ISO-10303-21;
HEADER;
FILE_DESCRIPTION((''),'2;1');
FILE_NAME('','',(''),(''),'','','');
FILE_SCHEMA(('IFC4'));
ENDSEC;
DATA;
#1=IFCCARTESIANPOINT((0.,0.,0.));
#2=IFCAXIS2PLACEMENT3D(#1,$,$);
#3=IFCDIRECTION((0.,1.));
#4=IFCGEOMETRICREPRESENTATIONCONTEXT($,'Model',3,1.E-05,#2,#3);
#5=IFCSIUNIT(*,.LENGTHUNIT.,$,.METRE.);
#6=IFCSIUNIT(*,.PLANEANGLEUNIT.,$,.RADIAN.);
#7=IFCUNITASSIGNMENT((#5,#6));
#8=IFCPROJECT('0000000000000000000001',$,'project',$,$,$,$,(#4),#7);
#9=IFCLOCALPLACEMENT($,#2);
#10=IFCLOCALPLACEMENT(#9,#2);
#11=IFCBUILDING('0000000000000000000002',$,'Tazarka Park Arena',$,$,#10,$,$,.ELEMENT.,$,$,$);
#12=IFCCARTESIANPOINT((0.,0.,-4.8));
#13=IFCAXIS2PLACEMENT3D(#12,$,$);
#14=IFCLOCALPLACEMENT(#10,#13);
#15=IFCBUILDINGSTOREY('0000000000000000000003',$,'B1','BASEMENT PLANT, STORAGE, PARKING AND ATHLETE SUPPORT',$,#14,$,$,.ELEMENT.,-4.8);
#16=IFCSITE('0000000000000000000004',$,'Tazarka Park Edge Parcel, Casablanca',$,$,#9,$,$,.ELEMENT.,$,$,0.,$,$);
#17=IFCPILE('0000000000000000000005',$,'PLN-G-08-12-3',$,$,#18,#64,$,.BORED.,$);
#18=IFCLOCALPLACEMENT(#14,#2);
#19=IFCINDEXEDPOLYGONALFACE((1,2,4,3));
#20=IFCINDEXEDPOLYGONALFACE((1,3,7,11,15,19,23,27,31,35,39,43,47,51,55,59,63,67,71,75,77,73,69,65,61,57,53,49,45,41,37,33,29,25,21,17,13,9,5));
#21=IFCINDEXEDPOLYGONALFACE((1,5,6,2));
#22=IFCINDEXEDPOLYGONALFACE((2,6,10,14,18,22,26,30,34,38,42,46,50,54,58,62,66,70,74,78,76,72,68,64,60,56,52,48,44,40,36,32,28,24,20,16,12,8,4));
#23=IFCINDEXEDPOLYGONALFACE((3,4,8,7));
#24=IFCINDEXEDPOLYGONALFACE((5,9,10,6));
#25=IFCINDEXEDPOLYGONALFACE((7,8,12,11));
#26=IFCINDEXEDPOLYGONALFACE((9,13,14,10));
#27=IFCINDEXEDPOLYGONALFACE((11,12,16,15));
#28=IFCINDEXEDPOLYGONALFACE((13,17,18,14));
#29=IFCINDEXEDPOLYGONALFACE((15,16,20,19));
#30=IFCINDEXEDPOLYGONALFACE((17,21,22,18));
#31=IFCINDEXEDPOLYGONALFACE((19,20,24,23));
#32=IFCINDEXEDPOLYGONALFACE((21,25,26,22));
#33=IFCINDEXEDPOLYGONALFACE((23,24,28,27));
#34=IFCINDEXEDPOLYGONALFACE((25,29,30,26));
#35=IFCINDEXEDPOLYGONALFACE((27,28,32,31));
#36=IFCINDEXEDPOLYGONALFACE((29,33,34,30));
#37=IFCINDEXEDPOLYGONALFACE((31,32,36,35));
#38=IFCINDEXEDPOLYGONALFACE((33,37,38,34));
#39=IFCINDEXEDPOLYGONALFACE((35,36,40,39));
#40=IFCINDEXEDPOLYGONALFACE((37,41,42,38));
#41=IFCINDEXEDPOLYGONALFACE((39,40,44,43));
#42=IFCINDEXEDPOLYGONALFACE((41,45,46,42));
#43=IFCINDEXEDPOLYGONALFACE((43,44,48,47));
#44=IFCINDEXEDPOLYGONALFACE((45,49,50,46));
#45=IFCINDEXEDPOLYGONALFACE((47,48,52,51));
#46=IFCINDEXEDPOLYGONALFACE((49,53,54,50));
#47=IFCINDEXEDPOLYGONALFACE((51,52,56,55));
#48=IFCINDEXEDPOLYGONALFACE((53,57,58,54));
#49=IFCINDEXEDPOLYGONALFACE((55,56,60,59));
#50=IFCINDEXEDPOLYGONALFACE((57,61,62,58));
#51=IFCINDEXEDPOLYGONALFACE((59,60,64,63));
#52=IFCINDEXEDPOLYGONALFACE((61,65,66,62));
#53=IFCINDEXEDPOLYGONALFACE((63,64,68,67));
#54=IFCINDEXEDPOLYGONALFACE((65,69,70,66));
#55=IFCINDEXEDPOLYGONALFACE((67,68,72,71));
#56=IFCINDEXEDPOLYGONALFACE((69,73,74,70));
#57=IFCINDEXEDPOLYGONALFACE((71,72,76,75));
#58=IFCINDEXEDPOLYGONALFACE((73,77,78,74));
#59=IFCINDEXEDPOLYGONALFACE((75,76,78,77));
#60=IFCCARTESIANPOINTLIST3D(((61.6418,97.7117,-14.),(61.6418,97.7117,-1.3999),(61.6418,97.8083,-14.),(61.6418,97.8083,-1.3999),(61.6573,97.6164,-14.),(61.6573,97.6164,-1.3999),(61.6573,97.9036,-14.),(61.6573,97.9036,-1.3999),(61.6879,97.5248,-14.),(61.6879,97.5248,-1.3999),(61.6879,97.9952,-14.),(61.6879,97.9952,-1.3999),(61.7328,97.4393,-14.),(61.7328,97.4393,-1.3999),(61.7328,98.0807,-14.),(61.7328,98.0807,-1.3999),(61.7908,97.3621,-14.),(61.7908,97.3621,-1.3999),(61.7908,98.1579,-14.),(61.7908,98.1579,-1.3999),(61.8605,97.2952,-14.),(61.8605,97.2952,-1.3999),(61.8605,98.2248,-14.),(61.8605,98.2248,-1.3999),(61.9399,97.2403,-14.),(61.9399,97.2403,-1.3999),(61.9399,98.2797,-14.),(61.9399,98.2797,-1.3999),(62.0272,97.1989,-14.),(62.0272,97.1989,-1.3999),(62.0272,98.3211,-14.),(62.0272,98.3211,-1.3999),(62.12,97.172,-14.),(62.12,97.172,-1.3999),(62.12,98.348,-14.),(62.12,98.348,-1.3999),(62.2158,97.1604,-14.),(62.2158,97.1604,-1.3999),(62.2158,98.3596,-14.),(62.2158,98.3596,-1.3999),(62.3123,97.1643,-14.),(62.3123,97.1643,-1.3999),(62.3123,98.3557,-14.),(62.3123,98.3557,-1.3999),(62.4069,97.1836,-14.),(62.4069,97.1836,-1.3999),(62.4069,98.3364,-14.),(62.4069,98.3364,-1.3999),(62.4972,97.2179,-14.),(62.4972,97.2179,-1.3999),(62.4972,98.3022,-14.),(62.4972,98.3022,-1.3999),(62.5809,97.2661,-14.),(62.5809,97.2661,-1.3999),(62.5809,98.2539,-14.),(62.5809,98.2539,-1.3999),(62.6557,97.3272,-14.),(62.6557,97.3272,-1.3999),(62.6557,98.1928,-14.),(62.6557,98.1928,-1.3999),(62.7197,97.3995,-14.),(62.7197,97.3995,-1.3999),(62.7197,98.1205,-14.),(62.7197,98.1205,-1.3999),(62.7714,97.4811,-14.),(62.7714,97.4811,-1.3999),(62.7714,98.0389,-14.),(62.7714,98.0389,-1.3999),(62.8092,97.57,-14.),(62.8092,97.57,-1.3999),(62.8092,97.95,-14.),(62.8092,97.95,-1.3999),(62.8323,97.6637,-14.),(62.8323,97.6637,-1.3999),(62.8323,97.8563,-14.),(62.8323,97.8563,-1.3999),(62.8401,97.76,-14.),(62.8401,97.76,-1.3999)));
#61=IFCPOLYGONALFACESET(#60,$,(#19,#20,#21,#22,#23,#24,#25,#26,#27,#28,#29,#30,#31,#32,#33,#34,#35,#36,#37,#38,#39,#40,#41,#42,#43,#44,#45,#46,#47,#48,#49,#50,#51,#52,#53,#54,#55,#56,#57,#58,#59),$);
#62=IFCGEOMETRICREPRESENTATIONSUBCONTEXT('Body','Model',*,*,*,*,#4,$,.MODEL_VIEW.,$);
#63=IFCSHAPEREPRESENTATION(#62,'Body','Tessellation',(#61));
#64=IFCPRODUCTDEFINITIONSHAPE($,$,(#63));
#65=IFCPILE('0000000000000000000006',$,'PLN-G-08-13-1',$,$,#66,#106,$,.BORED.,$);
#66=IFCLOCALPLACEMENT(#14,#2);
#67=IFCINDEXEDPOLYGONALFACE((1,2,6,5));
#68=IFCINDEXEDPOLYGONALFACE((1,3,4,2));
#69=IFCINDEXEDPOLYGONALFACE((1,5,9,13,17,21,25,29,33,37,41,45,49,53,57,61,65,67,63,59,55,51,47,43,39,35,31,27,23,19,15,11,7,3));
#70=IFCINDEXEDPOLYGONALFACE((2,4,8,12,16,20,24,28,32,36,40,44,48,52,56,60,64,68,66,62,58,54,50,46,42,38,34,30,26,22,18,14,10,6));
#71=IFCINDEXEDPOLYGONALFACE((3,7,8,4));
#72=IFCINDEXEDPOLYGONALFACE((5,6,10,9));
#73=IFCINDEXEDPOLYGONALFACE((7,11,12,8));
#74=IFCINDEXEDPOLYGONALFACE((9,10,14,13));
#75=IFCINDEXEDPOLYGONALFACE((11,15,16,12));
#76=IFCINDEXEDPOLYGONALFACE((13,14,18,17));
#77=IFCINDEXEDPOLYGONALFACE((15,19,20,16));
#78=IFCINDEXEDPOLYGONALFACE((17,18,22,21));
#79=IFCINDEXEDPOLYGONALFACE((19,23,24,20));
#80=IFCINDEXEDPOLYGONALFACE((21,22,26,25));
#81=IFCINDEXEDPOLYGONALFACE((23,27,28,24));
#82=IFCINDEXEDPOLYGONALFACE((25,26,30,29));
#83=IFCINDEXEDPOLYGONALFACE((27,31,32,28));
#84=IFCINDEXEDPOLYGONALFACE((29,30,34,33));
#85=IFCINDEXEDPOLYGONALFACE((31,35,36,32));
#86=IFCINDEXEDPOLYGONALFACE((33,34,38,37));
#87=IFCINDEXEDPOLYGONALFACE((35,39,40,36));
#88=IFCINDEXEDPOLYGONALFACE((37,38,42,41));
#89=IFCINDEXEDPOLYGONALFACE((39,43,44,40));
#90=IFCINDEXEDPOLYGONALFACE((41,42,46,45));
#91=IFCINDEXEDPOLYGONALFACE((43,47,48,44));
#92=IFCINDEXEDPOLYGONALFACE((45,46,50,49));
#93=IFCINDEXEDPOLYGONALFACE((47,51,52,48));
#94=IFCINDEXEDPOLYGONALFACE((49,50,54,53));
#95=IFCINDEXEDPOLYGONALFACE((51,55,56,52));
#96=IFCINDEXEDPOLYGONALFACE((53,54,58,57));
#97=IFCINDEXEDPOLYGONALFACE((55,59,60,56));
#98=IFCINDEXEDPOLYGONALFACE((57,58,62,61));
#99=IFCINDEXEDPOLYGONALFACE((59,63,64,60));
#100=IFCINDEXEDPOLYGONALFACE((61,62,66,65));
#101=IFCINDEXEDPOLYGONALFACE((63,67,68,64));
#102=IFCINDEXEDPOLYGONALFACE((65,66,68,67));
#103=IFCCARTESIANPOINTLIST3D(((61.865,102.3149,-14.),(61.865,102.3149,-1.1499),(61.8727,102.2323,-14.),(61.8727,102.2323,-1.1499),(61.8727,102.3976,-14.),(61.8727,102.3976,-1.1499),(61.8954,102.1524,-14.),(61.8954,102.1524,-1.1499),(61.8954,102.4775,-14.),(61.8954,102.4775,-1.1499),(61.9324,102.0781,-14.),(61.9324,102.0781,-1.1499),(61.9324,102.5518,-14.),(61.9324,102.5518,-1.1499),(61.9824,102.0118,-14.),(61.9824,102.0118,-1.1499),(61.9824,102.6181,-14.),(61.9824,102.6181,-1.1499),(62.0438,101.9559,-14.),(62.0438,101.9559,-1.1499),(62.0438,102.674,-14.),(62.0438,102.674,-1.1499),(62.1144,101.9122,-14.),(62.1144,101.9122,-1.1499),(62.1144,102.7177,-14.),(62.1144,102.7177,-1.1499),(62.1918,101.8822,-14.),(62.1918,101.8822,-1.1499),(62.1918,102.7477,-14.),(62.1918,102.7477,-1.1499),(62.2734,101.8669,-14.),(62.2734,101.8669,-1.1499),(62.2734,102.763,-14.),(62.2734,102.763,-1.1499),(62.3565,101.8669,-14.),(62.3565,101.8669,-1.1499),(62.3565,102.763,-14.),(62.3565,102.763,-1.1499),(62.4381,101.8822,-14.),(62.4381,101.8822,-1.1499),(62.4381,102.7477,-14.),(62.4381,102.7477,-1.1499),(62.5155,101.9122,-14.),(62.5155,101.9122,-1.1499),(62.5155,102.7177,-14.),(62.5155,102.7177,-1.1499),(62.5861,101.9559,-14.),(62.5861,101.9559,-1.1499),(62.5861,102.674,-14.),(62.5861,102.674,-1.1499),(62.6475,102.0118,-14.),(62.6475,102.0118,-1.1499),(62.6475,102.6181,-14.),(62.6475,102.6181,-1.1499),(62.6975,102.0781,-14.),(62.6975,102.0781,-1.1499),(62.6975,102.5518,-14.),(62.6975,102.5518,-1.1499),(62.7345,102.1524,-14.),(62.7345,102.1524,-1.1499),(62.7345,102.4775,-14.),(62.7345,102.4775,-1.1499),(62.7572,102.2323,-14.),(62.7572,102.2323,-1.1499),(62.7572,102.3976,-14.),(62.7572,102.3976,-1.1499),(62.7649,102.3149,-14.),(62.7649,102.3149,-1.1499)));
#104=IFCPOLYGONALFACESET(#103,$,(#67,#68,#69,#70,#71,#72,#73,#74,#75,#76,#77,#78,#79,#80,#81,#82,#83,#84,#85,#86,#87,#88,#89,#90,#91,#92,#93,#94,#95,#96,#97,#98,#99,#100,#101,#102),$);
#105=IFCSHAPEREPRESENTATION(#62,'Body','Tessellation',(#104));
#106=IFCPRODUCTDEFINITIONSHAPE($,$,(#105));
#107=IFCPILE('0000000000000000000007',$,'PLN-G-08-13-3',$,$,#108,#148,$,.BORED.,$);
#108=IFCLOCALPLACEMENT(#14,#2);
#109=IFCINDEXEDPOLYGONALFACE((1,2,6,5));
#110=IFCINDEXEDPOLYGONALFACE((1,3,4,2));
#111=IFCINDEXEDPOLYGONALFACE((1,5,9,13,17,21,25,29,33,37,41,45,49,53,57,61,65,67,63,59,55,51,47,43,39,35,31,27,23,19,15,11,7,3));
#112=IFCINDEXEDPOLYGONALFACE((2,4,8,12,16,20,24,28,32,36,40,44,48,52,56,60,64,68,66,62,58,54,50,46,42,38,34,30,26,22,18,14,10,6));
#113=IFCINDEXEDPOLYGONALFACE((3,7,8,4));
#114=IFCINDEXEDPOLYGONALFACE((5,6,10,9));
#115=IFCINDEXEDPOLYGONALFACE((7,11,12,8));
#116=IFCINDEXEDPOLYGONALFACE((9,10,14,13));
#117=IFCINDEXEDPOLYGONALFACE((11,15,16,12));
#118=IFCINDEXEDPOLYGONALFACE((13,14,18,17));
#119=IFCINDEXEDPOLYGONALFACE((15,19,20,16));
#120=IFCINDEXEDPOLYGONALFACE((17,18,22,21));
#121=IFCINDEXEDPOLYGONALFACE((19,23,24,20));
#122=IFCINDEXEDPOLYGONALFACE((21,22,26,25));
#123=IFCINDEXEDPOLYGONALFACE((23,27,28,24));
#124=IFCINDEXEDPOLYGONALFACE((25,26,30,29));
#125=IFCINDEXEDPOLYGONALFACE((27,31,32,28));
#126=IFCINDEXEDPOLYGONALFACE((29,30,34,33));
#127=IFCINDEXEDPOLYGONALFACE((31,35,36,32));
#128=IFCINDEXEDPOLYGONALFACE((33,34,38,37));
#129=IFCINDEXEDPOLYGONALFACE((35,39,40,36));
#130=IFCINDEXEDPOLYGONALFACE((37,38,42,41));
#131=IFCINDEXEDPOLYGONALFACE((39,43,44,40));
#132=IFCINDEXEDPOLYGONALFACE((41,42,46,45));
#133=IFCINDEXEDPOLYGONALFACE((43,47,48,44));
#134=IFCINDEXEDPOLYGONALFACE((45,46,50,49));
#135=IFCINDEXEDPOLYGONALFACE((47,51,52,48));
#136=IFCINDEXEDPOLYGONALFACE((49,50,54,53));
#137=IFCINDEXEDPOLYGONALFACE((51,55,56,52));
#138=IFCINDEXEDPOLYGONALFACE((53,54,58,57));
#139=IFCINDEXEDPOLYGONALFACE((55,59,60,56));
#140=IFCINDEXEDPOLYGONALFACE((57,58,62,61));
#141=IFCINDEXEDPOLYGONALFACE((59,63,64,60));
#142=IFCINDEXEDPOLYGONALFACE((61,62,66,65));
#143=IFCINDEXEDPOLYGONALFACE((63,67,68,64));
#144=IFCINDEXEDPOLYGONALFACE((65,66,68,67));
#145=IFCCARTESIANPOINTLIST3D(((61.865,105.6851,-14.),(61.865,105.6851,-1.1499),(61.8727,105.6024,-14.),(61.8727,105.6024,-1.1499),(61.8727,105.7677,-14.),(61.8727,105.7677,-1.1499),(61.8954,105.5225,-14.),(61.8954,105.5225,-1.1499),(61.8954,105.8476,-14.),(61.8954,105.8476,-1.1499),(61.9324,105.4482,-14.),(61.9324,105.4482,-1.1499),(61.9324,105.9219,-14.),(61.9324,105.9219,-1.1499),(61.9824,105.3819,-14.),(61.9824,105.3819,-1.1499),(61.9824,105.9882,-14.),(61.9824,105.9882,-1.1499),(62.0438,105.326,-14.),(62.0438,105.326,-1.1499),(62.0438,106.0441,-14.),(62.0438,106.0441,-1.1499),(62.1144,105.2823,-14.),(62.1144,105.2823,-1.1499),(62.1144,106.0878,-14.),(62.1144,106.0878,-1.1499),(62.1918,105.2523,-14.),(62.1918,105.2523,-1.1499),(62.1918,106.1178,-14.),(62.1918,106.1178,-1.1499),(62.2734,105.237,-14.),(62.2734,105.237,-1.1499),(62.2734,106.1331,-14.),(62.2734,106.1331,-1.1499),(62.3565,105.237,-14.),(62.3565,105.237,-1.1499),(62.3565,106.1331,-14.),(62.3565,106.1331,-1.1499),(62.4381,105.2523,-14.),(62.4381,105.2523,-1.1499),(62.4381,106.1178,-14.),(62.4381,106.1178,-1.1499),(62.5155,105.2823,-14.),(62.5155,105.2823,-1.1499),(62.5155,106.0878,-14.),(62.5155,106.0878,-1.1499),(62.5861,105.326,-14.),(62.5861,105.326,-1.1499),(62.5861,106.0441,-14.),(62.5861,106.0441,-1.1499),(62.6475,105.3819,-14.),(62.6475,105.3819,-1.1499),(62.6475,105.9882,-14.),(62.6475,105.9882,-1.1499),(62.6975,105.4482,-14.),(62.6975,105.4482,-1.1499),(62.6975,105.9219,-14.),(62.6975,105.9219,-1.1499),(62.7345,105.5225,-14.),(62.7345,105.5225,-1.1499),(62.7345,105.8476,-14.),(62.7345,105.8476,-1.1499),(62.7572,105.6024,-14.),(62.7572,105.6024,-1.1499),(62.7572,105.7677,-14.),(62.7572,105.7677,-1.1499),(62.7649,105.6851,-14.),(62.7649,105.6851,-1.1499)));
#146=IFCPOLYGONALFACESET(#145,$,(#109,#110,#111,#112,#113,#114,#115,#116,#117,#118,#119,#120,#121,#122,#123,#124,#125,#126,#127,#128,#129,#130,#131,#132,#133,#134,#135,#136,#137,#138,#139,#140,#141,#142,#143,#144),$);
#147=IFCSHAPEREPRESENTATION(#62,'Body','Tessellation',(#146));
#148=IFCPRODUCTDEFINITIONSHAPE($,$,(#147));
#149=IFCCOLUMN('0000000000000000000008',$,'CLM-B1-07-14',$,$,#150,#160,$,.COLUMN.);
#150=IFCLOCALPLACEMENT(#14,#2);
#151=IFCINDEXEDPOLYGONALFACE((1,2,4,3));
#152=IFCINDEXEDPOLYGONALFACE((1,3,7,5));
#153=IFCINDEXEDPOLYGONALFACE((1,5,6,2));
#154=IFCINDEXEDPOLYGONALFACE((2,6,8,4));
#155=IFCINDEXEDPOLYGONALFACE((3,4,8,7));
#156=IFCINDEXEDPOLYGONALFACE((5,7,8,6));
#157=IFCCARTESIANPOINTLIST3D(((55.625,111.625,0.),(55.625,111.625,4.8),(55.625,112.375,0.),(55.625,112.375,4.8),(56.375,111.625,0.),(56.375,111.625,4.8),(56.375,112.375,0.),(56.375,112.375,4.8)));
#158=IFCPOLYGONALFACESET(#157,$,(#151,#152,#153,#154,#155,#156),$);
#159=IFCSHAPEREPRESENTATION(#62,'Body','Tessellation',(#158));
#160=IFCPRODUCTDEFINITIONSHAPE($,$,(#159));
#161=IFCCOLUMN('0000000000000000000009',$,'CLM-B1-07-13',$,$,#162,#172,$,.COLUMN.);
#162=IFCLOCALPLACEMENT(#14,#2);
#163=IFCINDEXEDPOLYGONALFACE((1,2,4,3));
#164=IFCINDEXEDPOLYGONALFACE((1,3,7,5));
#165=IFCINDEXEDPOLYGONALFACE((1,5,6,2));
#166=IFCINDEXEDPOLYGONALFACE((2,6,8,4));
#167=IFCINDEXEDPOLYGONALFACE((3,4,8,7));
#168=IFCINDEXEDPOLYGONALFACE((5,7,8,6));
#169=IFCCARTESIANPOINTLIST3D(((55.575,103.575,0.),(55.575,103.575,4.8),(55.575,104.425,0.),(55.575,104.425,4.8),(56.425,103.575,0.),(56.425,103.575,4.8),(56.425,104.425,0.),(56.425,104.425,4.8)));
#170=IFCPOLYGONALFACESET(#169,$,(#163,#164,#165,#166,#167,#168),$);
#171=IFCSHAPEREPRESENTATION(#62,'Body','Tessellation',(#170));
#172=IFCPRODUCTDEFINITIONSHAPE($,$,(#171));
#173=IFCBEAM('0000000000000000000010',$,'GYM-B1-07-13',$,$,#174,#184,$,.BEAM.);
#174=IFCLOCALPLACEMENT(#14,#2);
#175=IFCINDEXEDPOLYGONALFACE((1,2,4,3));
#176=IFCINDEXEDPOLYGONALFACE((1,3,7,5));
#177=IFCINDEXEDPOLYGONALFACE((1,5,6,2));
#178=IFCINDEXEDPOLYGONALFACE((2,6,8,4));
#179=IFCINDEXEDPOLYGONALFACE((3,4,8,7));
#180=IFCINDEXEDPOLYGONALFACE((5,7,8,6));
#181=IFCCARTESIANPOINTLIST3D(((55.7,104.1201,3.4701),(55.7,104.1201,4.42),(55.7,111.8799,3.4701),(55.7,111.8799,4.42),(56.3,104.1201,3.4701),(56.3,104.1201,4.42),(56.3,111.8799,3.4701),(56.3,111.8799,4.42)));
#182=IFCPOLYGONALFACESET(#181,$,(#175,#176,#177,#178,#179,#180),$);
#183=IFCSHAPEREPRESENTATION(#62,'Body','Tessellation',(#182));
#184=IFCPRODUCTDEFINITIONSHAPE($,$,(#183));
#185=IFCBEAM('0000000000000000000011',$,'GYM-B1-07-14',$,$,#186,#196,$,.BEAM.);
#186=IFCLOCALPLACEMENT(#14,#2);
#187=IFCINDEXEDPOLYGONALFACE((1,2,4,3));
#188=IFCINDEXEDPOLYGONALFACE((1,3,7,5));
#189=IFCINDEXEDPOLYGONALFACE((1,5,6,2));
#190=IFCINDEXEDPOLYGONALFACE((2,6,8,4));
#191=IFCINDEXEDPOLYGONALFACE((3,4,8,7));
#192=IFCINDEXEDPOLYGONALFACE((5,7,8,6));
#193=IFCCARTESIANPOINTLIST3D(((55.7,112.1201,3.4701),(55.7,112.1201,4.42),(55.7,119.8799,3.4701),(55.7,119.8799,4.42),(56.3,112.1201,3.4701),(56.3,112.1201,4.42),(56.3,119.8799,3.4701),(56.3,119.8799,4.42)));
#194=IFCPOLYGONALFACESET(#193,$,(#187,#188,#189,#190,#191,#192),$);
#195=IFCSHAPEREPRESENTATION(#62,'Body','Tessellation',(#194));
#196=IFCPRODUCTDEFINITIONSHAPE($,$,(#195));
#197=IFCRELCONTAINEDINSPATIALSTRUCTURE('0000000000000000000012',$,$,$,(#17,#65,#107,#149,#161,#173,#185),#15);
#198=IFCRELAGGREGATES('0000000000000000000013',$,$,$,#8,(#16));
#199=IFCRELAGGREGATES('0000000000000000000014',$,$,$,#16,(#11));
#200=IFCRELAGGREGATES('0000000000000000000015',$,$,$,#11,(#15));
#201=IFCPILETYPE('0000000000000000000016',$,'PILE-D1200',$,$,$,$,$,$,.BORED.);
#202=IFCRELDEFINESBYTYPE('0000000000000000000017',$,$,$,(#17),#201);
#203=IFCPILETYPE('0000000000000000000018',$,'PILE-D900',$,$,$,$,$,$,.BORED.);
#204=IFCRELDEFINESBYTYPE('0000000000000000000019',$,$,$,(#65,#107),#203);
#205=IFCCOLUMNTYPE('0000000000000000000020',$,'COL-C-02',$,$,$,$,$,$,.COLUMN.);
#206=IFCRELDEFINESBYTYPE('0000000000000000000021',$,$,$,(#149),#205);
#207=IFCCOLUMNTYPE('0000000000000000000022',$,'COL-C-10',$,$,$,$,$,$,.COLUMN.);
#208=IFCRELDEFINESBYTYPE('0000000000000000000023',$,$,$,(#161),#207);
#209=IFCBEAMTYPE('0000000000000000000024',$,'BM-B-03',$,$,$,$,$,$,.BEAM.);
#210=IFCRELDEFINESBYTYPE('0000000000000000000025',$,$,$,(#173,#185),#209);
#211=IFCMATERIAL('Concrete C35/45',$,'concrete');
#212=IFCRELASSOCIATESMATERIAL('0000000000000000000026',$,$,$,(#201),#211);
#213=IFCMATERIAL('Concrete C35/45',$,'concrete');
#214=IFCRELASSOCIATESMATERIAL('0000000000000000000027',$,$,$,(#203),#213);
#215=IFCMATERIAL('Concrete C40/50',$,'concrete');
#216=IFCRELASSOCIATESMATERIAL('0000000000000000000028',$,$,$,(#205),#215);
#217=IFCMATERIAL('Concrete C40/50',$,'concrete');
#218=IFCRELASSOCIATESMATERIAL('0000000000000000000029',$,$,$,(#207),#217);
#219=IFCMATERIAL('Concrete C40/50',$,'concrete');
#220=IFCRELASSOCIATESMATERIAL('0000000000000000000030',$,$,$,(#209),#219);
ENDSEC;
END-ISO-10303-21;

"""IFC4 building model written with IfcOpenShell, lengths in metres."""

from ifc_helpers import new_model, si_unit, direction, frame, origin, origin_2d, place, context, subcontext, project, spatial, rectangle, circle, extrude, material, material_profile, profile_set, type_object, element, save


model = new_model("IFC4")

# Units and contexts
model_context = context("Model", 3, precision=1e-05, world=origin(), true_north=direction((0.0, 1.0)))
body_context = subcontext(model_context, "Body", "Model", "MODEL_VIEW")
ifc_project = project(units=[si_unit("LENGTHUNIT", "METRE"), si_unit("PLANEANGLEUNIT", "RADIAN")], contexts=[model_context])

# Site, building, storey
site_placement = place(None, origin())
site = spatial("IfcSite", under=ifc_project, at=site_placement, Name="Tazarka Park Edge Parcel, Casablanca", CompositionType="ELEMENT", RefElevation=0.0)
building_placement = place(site_placement, origin())
building = spatial("IfcBuilding", under=site, at=building_placement, Name="Tazarka Park Arena", CompositionType="ELEMENT")
storey_placement = place(building_placement, frame((0.0, 0.0, -4.8)))
storey = spatial("IfcBuildingStorey", under=building, at=storey_placement, Name="B1", Description="BASEMENT PLANT, STORAGE, PARKING AND ATHLETE SUPPORT", CompositionType="ELEMENT", Elevation=-4.8)

# Piles
ifc_material_1 = material(Name="Concrete C35/45", Category="concrete")
ifc_material_profile_1 = material_profile(ifc_material_1, circle(Radius=0.6001, at=origin_2d()), Name="Concrete C35/45")
ifc_profile_set_1 = profile_set([ifc_material_profile_1], Name="Concrete C35/45")
pile_type_1 = type_object("IfcPileType", Name="PILE-D1200", PredefinedType="BORED", material=ifc_profile_set_1)
pile_1_placement = place(storey_placement, frame((62.24, 97.76, -1.3999), z_axis=(0.0, 0.0, -1.0), x_axis=(1.0, 0.0, 0.0)))
element("IfcPile", 1, at=pile_1_placement, inside=storey, type_object=pile_type_1, Name="PLN-G-08-12-3", PredefinedType="BORED", context=body_context, shape_type="SweptSolid", body=[
    extrude(circle(Radius=0.6001, at=origin_2d()), origin(), (0.0, 0.0, 1.0), 12.6001),
])
ifc_material_2 = material(Name="Concrete C35/45", Category="concrete")
ifc_material_profile_2 = material_profile(ifc_material_2, circle(Radius=0.45, at=origin_2d()), Name="Concrete C35/45")
ifc_profile_set_2 = profile_set([ifc_material_profile_2], Name="Concrete C35/45")
pile_type_2 = type_object("IfcPileType", Name="PILE-D900", PredefinedType="BORED", material=ifc_profile_set_2)
for number, where, z_axis, x_axis, name in (
    (2, (62.3149, 102.3149, -1.1499), (0.0, 0.0, -1.0), (1.0, 0.0, 0.0), "PLN-G-08-13-1"),
    (3, (62.3149, 105.6851, -1.1499), (0.0, 0.0, -1.0), (1.0, 0.0, 0.0), "PLN-G-08-13-3"),
):
    element("IfcPile", number, at=place(storey_placement, frame(where, z_axis=z_axis, x_axis=x_axis)), inside=storey, type_object=pile_type_2, Name=name, PredefinedType="BORED", context=body_context, shape_type="SweptSolid", body=[
        extrude(circle(Radius=0.45, at=origin_2d()), origin(), (0.0, 0.0, 1.0), 12.8501),
    ])

# Columns
ifc_material_3 = material(Name="Concrete C40/50", Category="concrete")
ifc_material_profile_3 = material_profile(ifc_material_3, rectangle(XDim=0.75, YDim=0.75, at=origin_2d()), Name="Concrete C40/50")
ifc_profile_set_3 = profile_set([ifc_material_profile_3], Name="Concrete C40/50")
column_type_1 = type_object("IfcColumnType", Name="COL-C-02", PredefinedType="COLUMN", material=ifc_profile_set_3)
column_1_placement = place(storey_placement, frame((56.0, 112.0, 0.0), z_axis=(0.0, 0.0, 1.0), x_axis=(1.0, 0.0, 0.0)))
element("IfcColumn", 4, at=column_1_placement, inside=storey, type_object=column_type_1, Name="CLM-B1-07-14", PredefinedType="COLUMN", context=body_context, shape_type="SweptSolid", body=[
    extrude(rectangle(XDim=0.75, YDim=0.75, at=origin_2d()), origin(), (0.0, 0.0, 1.0), 4.8),
])
ifc_material_4 = material(Name="Concrete C40/50", Category="concrete")
ifc_material_profile_4 = material_profile(ifc_material_4, rectangle(XDim=0.8501, YDim=0.8501, at=origin_2d()), Name="Concrete C40/50")
ifc_profile_set_4 = profile_set([ifc_material_profile_4], Name="Concrete C40/50")
column_type_2 = type_object("IfcColumnType", Name="COL-C-10", PredefinedType="COLUMN", material=ifc_profile_set_4)
column_2_placement = place(storey_placement, frame((56.0, 104.0, 0.0), z_axis=(0.0, 0.0, 1.0), x_axis=(1.0, 0.0, 0.0)))
element("IfcColumn", 5, at=column_2_placement, inside=storey, type_object=column_type_2, Name="CLM-B1-07-13", PredefinedType="COLUMN", context=body_context, shape_type="SweptSolid", body=[
    extrude(rectangle(XDim=0.8501, YDim=0.8501, at=origin_2d()), origin(), (0.0, 0.0, 1.0), 4.8),
])

# Beams
ifc_material_5 = material(Name="Concrete C40/50", Category="concrete")
ifc_material_profile_5 = material_profile(ifc_material_5, rectangle(XDim=0.6001, YDim=0.95, at=origin_2d()), Name="Concrete C40/50")
ifc_profile_set_5 = profile_set([ifc_material_profile_5], Name="Concrete C40/50")
beam_type_1 = type_object("IfcBeamType", Name="BM-B-03", PredefinedType="BEAM", material=ifc_profile_set_5)
for number, where, z_axis, x_axis, name in (
    (6, (56.0, 104.1201, 3.9451), (0.0, 1.0, 0.0), (-1.0, 0.0, 0.0), "GYM-B1-07-13"),
    (7, (56.0, 112.1201, 3.9451), (0.0, 1.0, 0.0), (-1.0, 0.0, 0.0), "GYM-B1-07-14"),
):
    element("IfcBeam", number, at=place(storey_placement, frame(where, z_axis=z_axis, x_axis=x_axis)), inside=storey, type_object=beam_type_1, Name=name, PredefinedType="BEAM", context=body_context, shape_type="SweptSolid", body=[
        extrude(rectangle(XDim=0.6001, YDim=0.95, at=origin_2d()), origin(), (0.0, 0.0, 1.0), 7.7598),
    ])

save(model, "model.ifc")
